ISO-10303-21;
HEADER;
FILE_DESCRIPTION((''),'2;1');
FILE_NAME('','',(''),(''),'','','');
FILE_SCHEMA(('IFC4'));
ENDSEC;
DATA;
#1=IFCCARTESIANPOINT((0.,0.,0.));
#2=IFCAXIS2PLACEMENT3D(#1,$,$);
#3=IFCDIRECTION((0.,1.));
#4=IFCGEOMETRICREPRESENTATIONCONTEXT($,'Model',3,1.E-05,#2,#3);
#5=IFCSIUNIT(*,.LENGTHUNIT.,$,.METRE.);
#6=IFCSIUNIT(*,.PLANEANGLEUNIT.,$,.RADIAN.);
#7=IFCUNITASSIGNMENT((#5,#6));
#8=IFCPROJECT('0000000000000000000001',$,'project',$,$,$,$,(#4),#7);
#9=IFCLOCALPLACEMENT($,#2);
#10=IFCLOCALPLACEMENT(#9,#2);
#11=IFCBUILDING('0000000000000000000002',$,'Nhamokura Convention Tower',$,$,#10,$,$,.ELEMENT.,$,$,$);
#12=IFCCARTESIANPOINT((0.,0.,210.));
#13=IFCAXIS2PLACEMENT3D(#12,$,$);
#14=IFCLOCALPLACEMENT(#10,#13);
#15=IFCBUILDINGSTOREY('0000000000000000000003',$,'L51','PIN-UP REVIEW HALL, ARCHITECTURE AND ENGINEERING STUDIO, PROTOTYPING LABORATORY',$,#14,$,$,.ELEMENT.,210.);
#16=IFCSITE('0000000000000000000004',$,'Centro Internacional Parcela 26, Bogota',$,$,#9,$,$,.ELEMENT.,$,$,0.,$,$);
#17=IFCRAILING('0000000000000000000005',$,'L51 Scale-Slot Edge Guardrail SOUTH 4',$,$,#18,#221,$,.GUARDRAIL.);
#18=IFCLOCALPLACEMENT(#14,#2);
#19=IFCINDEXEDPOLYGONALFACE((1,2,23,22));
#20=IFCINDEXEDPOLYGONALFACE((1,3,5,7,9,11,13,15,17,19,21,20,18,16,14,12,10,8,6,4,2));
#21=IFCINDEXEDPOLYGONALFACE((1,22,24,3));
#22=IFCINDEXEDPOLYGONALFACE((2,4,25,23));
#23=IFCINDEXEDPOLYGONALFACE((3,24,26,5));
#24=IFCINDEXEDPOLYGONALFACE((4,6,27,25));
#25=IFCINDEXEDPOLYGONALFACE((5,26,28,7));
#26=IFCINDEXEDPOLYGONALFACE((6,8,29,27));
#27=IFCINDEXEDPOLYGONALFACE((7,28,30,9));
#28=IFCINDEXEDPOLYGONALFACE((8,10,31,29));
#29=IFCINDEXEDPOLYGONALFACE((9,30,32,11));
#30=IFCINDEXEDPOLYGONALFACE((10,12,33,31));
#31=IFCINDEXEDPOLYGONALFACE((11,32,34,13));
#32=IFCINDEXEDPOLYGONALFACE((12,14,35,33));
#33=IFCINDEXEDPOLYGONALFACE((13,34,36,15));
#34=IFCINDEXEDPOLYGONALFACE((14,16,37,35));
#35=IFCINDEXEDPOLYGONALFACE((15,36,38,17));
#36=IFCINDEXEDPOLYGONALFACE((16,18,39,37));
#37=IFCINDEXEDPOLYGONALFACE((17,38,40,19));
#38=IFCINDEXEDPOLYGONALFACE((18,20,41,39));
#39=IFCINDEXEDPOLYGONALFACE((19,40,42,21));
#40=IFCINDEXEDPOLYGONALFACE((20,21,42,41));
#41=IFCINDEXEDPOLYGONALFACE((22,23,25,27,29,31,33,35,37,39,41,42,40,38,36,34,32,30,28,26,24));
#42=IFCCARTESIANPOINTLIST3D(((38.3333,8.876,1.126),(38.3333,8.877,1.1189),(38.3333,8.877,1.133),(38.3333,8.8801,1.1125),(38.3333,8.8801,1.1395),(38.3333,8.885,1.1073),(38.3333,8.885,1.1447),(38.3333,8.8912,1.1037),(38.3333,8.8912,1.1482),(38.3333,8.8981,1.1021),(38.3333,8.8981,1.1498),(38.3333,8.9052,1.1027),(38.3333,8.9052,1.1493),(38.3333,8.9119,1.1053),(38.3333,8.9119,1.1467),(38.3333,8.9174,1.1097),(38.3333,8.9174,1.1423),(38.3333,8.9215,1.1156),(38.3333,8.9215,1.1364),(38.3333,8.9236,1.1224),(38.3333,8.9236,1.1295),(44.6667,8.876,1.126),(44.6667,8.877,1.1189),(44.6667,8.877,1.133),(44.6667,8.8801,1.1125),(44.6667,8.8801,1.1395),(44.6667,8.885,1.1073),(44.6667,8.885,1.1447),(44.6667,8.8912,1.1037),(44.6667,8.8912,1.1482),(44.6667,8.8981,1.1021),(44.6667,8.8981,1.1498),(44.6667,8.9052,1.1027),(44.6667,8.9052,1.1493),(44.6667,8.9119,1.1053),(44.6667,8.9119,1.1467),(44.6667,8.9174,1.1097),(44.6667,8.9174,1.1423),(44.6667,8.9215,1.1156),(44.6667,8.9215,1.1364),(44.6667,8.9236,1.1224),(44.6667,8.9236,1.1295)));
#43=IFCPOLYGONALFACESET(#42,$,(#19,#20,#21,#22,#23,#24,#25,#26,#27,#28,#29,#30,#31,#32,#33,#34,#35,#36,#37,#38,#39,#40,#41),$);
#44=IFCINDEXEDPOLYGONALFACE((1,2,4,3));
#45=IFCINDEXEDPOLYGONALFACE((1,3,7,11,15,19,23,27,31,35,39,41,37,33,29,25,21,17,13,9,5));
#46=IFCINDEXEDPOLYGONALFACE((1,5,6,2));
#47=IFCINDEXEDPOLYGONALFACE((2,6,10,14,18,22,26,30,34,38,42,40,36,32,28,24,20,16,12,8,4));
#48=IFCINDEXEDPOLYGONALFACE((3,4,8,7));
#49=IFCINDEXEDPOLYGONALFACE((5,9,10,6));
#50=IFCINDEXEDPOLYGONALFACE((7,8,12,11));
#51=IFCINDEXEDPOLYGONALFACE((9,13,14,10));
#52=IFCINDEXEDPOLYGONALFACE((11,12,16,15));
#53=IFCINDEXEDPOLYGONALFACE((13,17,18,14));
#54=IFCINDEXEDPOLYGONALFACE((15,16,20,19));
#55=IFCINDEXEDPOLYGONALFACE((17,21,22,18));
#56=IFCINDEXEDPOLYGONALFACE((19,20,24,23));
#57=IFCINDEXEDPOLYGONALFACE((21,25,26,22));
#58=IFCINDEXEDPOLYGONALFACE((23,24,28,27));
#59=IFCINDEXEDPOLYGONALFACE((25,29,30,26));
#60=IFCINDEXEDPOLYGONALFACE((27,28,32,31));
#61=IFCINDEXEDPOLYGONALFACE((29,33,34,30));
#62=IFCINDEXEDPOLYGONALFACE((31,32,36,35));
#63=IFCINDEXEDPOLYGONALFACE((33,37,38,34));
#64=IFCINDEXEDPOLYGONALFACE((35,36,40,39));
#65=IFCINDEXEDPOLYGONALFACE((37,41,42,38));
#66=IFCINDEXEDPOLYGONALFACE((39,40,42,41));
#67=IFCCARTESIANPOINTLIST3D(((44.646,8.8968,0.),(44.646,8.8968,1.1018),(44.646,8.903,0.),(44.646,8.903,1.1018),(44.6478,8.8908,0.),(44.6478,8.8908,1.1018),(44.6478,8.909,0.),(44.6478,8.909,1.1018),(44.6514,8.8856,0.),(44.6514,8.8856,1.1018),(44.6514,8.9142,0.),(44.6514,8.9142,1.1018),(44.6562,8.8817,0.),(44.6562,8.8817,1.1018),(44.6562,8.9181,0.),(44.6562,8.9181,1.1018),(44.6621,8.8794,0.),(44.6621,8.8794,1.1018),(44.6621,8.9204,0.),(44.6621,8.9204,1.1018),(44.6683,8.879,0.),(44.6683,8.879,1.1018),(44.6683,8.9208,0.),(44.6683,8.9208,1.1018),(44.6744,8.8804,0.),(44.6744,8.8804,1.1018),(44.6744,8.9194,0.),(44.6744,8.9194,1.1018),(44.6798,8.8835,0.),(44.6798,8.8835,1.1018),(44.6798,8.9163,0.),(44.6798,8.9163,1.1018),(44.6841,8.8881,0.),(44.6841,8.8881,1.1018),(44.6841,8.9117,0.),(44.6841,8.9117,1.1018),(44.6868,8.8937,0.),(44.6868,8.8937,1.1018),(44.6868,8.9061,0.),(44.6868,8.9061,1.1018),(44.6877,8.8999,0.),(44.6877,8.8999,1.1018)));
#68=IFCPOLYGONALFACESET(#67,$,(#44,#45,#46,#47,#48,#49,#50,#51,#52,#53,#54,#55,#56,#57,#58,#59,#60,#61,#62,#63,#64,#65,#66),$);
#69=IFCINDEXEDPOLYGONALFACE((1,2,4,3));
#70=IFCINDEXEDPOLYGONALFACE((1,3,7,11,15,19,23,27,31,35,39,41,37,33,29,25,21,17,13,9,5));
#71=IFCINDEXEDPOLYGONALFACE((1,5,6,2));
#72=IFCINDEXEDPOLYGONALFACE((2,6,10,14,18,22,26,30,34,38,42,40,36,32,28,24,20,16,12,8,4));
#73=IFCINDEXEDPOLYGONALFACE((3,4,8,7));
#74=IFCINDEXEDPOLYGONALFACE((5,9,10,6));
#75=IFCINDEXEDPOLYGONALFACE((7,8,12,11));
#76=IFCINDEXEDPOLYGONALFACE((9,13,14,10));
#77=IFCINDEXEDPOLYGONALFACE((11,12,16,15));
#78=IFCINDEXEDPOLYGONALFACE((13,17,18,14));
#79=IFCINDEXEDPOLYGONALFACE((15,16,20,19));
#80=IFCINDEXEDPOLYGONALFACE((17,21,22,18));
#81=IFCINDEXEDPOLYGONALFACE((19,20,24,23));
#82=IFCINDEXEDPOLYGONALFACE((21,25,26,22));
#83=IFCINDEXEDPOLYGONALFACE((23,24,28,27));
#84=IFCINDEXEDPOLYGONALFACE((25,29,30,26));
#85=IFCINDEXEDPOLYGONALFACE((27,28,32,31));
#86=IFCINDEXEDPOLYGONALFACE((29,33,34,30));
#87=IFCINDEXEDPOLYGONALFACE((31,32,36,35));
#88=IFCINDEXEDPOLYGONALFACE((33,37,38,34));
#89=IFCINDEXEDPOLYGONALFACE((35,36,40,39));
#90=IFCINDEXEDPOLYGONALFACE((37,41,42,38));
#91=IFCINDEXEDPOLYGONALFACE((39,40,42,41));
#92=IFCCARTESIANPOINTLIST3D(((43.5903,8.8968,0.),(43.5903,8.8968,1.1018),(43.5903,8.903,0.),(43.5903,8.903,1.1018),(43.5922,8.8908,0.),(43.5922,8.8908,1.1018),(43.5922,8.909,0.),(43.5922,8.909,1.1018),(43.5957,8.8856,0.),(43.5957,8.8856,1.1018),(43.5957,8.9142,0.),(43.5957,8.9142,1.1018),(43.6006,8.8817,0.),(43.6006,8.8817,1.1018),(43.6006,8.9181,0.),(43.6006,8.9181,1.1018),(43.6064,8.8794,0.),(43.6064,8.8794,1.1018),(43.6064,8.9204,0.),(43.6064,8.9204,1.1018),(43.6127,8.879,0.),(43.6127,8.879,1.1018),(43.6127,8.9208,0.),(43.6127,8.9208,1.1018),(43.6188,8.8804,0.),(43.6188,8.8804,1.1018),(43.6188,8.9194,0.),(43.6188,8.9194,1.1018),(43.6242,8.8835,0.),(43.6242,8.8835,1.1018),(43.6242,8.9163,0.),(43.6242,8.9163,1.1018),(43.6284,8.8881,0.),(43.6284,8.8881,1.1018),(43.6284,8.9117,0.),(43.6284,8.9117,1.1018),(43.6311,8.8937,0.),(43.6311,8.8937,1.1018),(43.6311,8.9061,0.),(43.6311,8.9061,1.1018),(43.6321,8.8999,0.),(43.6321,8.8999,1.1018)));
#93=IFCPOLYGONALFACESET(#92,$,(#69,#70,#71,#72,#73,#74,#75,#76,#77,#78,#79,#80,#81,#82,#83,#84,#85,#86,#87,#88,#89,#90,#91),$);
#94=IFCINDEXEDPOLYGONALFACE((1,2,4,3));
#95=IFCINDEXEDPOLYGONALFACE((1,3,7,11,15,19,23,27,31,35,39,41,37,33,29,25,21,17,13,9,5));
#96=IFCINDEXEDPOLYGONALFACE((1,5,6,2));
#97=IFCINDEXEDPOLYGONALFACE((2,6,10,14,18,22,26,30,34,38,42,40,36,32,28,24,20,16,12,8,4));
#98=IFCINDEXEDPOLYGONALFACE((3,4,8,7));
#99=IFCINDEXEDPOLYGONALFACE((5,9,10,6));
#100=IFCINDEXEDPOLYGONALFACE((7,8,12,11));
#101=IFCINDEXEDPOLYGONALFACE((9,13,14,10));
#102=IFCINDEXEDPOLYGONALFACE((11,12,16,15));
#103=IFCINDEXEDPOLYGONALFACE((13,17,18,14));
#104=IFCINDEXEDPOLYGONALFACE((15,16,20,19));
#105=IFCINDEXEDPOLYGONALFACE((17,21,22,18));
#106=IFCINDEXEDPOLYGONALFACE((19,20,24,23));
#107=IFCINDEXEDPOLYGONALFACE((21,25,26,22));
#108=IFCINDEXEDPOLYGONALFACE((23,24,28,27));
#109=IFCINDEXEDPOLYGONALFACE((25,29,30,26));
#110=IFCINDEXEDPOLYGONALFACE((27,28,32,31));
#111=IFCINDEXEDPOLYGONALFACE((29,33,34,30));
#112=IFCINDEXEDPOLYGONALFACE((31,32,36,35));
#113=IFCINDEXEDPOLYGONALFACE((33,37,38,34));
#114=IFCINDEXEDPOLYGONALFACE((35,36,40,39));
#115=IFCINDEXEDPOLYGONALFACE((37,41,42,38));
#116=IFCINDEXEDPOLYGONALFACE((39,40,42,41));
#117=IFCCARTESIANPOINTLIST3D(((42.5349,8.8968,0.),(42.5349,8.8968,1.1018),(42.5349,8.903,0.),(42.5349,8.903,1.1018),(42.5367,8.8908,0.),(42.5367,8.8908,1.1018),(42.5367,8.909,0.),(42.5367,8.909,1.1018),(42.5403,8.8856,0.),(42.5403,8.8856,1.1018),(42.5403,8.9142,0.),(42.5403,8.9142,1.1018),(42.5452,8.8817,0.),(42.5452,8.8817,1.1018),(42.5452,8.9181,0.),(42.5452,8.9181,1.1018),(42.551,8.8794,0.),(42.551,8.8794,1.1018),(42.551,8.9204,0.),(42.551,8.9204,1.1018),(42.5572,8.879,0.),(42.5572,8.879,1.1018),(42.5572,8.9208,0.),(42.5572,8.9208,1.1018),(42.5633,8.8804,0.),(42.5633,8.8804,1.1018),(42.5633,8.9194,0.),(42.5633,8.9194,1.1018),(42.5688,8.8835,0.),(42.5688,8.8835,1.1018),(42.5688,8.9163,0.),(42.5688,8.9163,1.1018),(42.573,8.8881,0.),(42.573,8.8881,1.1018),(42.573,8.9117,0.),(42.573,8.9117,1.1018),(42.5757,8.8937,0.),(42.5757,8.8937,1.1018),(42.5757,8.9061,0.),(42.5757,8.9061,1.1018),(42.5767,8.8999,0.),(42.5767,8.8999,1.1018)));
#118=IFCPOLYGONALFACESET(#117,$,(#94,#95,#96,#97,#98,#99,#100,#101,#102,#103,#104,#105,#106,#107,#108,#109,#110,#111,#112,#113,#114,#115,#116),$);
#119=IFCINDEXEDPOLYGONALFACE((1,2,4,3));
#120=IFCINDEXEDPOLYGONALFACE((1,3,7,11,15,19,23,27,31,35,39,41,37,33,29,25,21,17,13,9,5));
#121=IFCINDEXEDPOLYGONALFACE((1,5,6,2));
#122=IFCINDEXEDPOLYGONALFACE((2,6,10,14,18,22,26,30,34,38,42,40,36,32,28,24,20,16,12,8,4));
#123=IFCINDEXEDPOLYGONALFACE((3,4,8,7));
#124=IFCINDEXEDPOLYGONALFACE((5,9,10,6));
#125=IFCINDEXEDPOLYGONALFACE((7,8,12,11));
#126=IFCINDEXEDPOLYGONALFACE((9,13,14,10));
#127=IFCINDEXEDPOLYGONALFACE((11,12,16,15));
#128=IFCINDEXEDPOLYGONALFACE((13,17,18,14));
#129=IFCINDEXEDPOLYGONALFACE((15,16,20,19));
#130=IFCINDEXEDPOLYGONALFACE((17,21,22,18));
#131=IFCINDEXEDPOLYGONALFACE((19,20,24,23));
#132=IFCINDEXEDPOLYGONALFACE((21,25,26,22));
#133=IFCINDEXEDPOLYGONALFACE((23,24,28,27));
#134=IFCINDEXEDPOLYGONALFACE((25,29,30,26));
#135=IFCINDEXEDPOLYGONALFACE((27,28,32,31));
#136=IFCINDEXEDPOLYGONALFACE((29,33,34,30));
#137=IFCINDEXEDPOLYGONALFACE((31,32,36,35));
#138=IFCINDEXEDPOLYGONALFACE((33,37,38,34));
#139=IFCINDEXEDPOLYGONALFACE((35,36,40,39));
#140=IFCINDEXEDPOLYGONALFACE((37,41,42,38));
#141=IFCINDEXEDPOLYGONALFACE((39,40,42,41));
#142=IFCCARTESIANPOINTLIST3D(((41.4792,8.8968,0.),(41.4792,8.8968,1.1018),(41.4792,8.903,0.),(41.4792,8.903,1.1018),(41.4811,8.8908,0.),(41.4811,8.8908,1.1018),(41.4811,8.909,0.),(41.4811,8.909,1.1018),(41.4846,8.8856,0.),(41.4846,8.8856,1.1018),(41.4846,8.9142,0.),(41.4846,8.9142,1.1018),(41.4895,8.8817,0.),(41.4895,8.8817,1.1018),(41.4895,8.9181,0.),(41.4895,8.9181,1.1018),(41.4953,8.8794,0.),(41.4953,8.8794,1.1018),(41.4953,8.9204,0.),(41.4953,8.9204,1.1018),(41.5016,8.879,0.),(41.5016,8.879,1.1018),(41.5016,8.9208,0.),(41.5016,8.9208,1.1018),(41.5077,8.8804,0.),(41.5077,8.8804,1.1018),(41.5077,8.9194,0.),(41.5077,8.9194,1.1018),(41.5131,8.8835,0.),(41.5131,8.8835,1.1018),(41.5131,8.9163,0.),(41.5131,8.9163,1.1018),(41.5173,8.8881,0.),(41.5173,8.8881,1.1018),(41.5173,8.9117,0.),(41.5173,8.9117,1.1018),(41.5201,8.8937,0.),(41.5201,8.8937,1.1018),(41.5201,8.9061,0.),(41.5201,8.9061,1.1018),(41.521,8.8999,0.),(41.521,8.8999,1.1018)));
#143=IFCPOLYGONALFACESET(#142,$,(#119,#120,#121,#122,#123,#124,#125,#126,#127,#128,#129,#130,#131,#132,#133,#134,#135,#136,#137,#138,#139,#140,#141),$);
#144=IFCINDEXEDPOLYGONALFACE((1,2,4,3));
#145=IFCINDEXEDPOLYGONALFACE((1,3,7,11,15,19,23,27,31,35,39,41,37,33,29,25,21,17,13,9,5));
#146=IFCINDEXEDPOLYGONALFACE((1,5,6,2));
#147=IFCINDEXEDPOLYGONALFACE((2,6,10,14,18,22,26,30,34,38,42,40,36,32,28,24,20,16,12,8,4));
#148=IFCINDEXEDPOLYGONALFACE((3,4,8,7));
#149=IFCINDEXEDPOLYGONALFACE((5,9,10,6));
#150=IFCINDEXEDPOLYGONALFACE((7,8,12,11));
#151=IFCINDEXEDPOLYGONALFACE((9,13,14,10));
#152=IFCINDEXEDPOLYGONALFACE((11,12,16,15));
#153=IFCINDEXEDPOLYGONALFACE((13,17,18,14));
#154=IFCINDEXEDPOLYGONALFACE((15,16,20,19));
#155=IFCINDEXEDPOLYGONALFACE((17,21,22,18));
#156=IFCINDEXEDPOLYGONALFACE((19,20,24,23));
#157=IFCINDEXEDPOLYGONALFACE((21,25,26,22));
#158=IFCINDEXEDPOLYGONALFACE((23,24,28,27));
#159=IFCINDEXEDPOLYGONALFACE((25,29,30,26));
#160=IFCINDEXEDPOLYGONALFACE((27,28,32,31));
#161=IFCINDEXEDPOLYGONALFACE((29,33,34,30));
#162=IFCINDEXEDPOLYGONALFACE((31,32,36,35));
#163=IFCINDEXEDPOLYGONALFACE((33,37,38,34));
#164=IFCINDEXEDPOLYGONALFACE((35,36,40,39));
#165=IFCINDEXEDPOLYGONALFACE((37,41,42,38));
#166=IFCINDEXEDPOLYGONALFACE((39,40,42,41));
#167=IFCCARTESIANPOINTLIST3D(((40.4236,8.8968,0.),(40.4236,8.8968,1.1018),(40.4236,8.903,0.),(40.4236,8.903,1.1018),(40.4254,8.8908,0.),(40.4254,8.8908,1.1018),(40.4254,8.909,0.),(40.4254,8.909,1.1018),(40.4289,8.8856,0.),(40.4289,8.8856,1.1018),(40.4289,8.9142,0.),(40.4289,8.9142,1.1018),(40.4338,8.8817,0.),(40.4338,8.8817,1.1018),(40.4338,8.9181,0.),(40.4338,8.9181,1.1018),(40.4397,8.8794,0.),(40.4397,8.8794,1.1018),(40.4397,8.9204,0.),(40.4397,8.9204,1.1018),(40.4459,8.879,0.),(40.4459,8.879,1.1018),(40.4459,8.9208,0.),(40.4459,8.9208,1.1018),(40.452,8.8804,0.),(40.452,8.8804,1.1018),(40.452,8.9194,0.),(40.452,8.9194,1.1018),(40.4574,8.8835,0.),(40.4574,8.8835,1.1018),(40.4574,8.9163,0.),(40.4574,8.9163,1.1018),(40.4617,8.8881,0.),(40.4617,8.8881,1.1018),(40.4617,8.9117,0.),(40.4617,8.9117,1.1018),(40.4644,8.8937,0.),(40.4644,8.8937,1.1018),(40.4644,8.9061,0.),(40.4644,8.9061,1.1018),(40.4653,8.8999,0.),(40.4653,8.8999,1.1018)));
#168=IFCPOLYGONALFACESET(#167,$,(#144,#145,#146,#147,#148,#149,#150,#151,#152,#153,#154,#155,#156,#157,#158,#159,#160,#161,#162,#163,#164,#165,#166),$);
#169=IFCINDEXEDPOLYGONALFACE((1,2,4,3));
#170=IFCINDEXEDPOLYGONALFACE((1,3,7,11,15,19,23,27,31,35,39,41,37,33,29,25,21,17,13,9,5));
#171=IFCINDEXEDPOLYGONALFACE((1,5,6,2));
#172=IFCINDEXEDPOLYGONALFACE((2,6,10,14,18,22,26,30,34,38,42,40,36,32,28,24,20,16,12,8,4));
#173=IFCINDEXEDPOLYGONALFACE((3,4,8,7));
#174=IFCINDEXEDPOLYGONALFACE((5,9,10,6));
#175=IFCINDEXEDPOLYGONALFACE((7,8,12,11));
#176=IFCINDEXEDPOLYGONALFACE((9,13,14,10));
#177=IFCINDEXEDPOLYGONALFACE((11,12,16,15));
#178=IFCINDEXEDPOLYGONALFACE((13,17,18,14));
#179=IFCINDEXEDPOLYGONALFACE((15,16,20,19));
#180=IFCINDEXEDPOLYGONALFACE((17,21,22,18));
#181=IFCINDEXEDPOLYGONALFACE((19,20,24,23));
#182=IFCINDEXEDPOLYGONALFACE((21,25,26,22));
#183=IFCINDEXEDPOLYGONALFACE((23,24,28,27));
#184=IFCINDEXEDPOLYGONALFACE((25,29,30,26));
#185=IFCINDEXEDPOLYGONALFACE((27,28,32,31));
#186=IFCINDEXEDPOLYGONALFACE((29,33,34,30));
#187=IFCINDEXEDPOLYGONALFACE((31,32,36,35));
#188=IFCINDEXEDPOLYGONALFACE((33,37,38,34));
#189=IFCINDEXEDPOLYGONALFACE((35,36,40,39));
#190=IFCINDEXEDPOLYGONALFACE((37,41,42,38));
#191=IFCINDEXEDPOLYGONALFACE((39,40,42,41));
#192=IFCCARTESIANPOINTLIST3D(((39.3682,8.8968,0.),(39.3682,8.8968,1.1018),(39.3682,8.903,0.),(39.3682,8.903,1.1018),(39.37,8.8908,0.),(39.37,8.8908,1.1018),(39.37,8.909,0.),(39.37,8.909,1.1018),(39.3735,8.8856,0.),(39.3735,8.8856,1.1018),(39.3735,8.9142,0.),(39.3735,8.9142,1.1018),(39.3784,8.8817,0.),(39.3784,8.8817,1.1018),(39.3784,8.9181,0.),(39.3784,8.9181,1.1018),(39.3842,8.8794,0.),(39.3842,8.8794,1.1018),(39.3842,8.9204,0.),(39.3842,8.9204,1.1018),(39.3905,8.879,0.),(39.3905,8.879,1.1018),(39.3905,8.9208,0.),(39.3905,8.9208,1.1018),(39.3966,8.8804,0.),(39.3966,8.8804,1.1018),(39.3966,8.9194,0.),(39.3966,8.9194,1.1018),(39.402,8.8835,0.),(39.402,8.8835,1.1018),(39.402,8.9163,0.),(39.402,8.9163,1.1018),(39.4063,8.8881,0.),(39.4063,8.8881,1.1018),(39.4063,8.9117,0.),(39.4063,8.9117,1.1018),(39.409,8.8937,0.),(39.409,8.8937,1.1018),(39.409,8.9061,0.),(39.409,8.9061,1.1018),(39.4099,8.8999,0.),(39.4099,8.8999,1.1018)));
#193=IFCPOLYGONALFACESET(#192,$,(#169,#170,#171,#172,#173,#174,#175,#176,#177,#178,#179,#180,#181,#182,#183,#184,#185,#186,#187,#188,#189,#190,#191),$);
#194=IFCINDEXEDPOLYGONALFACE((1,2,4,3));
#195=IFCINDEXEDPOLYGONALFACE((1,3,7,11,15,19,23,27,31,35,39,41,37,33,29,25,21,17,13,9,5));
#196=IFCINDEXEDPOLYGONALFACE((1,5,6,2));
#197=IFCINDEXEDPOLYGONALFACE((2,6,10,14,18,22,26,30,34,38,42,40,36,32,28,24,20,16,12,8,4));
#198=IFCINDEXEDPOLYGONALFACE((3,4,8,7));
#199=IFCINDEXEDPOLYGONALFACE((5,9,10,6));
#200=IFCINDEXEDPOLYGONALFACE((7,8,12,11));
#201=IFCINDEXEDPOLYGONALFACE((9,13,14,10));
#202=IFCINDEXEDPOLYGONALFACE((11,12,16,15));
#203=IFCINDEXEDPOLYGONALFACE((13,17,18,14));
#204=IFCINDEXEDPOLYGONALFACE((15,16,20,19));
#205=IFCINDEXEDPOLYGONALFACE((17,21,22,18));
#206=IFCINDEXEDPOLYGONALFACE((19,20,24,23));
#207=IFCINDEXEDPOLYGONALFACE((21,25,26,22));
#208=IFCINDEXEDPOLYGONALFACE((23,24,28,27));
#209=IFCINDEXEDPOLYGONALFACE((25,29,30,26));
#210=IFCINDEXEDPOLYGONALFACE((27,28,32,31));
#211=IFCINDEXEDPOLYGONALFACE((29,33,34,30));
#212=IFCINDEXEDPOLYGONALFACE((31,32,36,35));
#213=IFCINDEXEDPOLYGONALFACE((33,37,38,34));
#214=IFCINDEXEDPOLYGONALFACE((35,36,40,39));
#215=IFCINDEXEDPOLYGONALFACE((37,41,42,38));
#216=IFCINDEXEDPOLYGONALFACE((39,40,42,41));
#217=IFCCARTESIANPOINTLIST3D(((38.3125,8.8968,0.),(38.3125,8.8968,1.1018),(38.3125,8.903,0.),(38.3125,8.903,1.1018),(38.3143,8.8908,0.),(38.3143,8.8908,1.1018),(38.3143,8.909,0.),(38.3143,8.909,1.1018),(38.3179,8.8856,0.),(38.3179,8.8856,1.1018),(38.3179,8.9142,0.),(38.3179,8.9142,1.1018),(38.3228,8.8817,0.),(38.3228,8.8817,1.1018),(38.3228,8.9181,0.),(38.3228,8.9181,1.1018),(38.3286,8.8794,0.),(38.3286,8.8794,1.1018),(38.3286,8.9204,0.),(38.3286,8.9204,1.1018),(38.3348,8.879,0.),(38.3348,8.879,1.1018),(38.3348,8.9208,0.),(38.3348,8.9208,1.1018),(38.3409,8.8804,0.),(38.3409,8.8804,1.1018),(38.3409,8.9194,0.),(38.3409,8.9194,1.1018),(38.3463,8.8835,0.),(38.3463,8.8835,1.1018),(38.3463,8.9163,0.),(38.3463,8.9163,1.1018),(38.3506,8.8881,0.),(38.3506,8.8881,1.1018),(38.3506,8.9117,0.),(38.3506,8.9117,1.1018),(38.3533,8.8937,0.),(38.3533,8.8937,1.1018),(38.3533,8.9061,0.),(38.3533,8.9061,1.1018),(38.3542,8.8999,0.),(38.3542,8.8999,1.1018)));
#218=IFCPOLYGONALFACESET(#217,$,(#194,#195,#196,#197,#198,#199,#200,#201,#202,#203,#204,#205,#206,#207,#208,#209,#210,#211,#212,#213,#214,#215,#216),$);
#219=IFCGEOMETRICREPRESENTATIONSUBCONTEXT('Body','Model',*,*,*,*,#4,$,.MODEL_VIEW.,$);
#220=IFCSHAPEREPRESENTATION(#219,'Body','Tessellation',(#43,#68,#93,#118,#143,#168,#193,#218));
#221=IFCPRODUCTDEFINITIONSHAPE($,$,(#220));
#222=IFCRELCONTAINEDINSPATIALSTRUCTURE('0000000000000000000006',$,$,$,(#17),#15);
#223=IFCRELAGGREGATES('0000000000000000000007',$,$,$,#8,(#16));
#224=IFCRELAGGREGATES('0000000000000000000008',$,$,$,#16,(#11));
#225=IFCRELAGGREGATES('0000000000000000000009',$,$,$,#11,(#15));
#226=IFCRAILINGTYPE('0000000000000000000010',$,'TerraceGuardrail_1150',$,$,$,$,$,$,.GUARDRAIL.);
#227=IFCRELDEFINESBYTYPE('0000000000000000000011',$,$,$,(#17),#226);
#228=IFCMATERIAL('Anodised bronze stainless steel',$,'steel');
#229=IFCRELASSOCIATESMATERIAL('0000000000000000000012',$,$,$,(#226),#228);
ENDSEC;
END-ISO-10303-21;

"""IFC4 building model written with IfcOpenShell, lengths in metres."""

from ifc_helpers import new_model, si_unit, direction, frame, origin, origin_2d, place, context, subcontext, project, spatial, circle, extrude, material, type_object, element, save


model = new_model("IFC4")

# Units and contexts
model_context = context("Model", 3, precision=1e-05, world=origin(), true_north=direction((0.0, 1.0)))
body_context = subcontext(model_context, "Body", "Model", "MODEL_VIEW")
ifc_project = project(units=[si_unit("LENGTHUNIT", "METRE"), si_unit("PLANEANGLEUNIT", "RADIAN")], contexts=[model_context])

# Site, building, storey
site_placement = place(None, origin())
site = spatial("IfcSite", under=ifc_project, at=site_placement, Name="Centro Internacional Parcela 26, Bogota", CompositionType="ELEMENT", RefElevation=0.0)
building_placement = place(site_placement, origin())
building = spatial("IfcBuilding", under=site, at=building_placement, Name="Nhamokura Convention Tower", CompositionType="ELEMENT")
storey_placement = place(building_placement, frame((0.0, 0.0, 210.0)))
storey = spatial("IfcBuildingStorey", under=building, at=storey_placement, Name="L51", Description="PIN-UP REVIEW HALL, ARCHITECTURE AND ENGINEERING STUDIO, PROTOTYPING LABORATORY", CompositionType="ELEMENT", Elevation=210.0)

# Railing
ifc_material_1 = material(Name="Anodised bronze stainless steel", Category="steel")
railing_type = type_object("IfcRailingType", Name="TerraceGuardrail_1150", PredefinedType="GUARDRAIL", material=ifc_material_1)
railing_placement = place(storey_placement, frame((44.6667, 8.8999, 0.0)))
element("IfcRailing", 1, at=railing_placement, inside=storey, type_object=railing_type, Name="L51 Scale-Slot Edge Guardrail SOUTH 4", PredefinedType="GUARDRAIL", context=body_context, shape_type="SweptSolid", body=[
    extrude(circle(Radius=0.0239, at=origin_2d()), frame((0.0, 0.0, 1.126), z_axis=(-1.0, 0.0, 0.0), x_axis=(0.0, -1.0, 0.0)), (0.0, 0.0, 1.0), 6.3335),
    extrude(circle(Radius=0.021, at=origin_2d()), origin(), (0.0, 0.0, 1.0), 1.1018),
    extrude(circle(Radius=0.021, at=origin_2d()), frame((-1.0557, 0.0, 0.0)), (0.0, 0.0, 1.0), 1.1018),
    extrude(circle(Radius=0.021, at=origin_2d()), frame((-2.1111, 0.0, 0.0)), (0.0, 0.0, 1.0), 1.1018),
    extrude(circle(Radius=0.021, at=origin_2d()), frame((-3.1667, 0.0, 0.0)), (0.0, 0.0, 1.0), 1.1018),
    extrude(circle(Radius=0.021, at=origin_2d()), frame((-4.2224, 0.0, 0.0)), (0.0, 0.0, 1.0), 1.1018),
    extrude(circle(Radius=0.021, at=origin_2d()), frame((-5.2778, 0.0, 0.0)), (0.0, 0.0, 1.0), 1.1018),
    extrude(circle(Radius=0.021, at=origin_2d()), frame((-6.3335, 0.0, 0.0)), (0.0, 0.0, 1.0), 1.1018),
])

save(model, "model.ifc")
